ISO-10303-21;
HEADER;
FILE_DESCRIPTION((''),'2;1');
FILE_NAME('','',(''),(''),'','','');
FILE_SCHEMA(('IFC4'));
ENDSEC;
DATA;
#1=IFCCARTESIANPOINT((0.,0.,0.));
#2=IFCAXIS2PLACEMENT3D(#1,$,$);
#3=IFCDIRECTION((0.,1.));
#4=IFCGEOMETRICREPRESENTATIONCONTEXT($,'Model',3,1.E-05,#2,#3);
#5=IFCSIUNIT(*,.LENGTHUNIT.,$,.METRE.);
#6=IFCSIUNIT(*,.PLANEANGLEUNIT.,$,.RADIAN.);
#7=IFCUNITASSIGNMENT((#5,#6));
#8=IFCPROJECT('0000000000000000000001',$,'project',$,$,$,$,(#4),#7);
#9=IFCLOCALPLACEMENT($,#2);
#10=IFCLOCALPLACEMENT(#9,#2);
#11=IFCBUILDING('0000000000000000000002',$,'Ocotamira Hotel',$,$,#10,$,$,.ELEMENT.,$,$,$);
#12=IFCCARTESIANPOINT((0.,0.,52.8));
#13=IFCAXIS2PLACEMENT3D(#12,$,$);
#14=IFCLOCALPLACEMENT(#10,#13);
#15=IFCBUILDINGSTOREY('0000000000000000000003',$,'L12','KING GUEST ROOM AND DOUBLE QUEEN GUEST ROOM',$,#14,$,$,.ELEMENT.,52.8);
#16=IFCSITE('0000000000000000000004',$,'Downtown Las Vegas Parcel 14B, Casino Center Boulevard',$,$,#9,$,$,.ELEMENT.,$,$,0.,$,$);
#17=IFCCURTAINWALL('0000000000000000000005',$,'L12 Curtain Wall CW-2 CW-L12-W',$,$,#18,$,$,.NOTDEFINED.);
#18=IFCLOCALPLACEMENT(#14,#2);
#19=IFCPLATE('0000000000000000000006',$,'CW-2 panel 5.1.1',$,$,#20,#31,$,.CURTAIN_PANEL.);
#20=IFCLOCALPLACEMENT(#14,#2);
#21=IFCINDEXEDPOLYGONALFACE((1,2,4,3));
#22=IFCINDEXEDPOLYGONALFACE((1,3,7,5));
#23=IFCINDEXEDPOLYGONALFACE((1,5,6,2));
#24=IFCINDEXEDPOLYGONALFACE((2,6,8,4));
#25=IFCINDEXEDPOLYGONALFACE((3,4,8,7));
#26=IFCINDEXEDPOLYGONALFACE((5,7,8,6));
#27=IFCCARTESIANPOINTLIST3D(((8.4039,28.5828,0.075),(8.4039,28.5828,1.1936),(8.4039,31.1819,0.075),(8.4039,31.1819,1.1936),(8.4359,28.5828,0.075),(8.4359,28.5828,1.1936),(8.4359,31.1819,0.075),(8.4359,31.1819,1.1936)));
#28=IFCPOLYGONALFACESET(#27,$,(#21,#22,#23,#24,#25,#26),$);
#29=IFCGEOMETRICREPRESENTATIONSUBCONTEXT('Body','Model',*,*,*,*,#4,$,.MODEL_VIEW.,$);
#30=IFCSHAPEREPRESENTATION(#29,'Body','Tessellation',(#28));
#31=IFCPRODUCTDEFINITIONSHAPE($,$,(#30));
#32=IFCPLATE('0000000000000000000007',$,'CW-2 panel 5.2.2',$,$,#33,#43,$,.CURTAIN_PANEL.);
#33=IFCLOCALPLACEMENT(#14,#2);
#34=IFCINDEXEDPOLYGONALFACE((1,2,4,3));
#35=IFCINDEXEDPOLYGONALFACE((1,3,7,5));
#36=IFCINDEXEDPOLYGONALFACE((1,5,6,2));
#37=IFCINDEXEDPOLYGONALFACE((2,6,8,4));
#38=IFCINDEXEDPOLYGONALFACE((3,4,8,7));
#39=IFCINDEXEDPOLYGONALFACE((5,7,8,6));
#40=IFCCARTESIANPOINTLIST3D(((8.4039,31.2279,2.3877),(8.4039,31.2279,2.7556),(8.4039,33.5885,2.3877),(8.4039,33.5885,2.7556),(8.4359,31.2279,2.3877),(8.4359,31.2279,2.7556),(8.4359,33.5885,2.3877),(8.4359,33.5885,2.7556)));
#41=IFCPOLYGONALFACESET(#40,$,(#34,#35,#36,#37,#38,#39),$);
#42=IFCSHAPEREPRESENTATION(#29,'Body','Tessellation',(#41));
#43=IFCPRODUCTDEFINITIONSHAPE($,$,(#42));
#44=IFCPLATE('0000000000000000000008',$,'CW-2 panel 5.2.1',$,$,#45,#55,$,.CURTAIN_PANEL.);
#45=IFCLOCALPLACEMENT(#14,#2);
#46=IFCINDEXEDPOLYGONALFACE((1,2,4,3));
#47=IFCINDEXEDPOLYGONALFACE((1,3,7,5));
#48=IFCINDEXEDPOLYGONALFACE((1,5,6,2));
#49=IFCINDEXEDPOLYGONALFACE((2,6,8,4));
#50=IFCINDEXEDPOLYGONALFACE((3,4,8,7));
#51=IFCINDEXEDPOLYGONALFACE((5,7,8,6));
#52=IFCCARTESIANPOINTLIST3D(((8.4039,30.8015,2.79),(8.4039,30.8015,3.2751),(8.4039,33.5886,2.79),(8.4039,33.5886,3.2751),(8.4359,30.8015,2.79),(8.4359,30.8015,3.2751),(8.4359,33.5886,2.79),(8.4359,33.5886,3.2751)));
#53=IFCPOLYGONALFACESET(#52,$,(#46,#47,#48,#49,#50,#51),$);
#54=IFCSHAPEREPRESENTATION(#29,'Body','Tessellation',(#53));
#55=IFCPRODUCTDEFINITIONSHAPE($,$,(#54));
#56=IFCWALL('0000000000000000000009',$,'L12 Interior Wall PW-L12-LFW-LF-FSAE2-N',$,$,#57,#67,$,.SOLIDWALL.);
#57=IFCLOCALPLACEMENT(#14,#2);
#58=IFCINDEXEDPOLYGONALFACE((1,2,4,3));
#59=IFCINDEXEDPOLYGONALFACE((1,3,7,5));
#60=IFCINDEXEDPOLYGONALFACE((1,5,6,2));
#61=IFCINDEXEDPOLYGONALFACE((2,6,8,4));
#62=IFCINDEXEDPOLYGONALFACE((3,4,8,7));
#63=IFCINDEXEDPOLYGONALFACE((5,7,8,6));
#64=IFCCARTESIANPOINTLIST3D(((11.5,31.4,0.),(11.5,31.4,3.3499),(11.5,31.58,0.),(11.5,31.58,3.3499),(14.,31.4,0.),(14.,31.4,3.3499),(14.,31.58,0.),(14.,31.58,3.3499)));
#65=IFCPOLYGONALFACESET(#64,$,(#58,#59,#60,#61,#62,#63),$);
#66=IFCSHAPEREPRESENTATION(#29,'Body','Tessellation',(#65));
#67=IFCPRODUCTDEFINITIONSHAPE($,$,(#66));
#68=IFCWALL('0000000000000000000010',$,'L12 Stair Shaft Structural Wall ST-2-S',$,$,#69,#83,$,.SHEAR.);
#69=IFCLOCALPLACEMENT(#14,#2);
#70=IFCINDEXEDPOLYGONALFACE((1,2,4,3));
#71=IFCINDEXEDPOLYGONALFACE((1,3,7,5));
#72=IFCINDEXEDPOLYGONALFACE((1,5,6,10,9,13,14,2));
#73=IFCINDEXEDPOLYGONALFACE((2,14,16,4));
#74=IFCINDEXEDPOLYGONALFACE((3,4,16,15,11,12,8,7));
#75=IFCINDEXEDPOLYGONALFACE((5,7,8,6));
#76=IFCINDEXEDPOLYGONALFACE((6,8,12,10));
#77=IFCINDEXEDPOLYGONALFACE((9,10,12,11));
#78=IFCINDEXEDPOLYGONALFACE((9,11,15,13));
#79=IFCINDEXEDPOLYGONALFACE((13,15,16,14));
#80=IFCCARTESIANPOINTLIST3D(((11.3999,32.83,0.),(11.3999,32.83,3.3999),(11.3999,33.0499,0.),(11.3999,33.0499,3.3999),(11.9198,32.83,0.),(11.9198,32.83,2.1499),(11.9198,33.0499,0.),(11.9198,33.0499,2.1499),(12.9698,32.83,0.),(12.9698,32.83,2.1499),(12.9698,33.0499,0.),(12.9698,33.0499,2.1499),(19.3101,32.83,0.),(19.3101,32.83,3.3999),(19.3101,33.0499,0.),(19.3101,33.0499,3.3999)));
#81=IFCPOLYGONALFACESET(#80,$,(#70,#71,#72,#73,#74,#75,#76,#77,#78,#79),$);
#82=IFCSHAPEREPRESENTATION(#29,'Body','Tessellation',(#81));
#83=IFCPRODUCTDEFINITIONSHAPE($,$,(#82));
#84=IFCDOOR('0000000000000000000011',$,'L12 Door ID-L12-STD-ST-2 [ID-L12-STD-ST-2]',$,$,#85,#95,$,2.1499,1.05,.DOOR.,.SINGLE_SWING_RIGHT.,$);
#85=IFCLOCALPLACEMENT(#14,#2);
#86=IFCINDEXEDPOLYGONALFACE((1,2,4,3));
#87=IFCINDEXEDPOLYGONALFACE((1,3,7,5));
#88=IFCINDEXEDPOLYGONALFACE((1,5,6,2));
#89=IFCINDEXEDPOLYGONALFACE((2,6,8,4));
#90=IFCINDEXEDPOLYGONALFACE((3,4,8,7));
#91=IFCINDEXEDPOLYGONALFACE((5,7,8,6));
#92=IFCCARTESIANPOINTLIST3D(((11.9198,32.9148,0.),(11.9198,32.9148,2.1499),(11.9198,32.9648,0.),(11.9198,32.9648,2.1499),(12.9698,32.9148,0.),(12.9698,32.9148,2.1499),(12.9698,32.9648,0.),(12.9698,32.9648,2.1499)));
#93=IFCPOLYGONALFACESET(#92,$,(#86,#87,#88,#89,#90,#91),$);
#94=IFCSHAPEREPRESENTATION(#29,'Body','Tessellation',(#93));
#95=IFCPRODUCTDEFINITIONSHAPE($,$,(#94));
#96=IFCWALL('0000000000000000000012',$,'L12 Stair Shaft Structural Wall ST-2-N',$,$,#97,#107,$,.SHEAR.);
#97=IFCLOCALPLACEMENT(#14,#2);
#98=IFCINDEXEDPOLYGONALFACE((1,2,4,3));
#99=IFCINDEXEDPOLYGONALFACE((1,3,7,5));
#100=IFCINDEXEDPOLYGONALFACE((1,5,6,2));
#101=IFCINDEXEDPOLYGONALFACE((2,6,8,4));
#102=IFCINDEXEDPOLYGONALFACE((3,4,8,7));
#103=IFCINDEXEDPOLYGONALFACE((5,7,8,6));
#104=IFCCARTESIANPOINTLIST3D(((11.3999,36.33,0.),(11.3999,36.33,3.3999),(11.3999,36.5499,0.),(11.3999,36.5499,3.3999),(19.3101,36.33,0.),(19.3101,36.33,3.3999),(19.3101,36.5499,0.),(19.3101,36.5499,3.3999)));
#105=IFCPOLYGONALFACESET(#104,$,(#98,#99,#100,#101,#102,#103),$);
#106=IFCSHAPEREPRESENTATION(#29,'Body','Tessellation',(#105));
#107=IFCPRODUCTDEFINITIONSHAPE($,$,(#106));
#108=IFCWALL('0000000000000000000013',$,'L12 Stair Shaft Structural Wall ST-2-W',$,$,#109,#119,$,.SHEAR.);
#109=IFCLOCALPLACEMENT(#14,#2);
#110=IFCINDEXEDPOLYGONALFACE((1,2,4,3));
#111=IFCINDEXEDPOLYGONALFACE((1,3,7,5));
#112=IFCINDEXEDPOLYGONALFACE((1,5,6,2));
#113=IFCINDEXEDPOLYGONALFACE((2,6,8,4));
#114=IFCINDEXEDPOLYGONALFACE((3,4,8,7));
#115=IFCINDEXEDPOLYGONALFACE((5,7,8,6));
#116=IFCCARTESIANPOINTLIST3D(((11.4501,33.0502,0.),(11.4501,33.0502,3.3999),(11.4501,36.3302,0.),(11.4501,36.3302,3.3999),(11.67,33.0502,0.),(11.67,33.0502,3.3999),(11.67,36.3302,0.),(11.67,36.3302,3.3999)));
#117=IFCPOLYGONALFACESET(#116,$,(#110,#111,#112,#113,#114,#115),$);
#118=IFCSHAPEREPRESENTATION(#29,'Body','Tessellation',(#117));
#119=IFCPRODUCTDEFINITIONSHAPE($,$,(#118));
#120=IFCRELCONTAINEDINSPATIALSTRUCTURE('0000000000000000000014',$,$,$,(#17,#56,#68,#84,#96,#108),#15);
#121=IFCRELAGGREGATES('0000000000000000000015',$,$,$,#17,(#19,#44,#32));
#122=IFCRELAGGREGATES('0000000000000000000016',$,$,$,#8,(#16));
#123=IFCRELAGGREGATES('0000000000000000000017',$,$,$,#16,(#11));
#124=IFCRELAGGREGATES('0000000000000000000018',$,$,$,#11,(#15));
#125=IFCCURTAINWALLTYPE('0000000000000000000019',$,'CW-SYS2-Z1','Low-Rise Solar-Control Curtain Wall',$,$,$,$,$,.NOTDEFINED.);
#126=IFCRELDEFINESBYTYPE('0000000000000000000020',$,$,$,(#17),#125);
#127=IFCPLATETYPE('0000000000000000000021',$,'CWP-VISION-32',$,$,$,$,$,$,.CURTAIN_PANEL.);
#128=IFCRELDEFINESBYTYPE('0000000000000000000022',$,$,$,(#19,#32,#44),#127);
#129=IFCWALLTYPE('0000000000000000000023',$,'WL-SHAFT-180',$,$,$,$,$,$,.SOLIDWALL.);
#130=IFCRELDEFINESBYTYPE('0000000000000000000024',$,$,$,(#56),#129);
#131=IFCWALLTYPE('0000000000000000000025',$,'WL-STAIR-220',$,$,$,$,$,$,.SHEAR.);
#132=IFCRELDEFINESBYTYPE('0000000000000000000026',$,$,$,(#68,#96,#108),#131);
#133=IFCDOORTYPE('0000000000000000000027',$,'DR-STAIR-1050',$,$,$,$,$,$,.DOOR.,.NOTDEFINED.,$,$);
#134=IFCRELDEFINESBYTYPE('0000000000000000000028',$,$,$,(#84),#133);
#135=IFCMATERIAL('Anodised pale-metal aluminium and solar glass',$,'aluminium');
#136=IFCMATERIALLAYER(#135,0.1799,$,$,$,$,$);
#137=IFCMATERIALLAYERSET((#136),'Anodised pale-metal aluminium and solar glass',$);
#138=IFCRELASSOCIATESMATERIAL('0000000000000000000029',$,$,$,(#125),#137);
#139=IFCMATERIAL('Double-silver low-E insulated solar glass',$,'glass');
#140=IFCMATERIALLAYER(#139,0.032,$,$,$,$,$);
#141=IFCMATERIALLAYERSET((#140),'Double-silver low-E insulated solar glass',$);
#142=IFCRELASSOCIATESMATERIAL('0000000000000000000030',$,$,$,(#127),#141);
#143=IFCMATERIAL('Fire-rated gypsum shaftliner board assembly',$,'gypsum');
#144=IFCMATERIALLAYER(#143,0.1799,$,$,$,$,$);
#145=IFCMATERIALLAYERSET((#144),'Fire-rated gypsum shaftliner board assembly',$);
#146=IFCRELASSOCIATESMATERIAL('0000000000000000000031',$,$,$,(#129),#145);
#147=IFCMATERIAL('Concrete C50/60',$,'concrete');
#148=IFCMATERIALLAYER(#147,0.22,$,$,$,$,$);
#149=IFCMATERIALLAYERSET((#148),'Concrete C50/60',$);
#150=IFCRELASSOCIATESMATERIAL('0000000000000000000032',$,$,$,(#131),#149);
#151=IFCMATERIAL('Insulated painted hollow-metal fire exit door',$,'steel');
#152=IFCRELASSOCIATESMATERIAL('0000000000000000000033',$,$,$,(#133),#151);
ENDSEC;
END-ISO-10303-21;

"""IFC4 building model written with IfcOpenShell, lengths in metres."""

from ifc_helpers import new_model, si_unit, direction, frame, frame_2d, origin, origin_2d, place, context, subcontext, project, spatial, rectangle, extrude, source, transform, mapped, material, layer, layer_set, type_object, element, fill, aggregate, save


model = new_model("IFC4")

# Units and contexts
model_context = context("Model", 3, precision=1e-05, world=origin(), true_north=direction((0.0, 1.0)))
body_context = subcontext(model_context, "Body", "Model", "MODEL_VIEW")
ifc_project = project(units=[si_unit("LENGTHUNIT", "METRE"), si_unit("PLANEANGLEUNIT", "RADIAN")], contexts=[model_context])

# Site, building, storey
site_placement = place(None, origin())
site = spatial("IfcSite", under=ifc_project, at=site_placement, Name="Downtown Las Vegas Parcel 14B, Casino Center Boulevard", CompositionType="ELEMENT", RefElevation=0.0)
building_placement = place(site_placement, origin())
building = spatial("IfcBuilding", under=site, at=building_placement, Name="Ocotamira Hotel", CompositionType="ELEMENT")
storey_placement = place(building_placement, frame((0.0, 0.0, 52.8)))
storey = spatial("IfcBuildingStorey", under=building, at=storey_placement, Name="L12", Description="KING GUEST ROOM AND DOUBLE QUEEN GUEST ROOM", CompositionType="ELEMENT", Elevation=52.8)

# Curtain wall, plates
ifc_material_1 = material(Name="Anodised pale-metal aluminium and solar glass", Category="aluminium")
ifc_layer_1 = layer(ifc_material_1, 0.1799)
ifc_layer_set_1 = layer_set([ifc_layer_1], Name="Anodised pale-metal aluminium and solar glass")
curtain_wall_type = type_object("IfcCurtainWallType", Name="CW-SYS2-Z1", Description="Low-Rise Solar-Control Curtain Wall", PredefinedType="NOTDEFINED", material=ifc_layer_set_1)
curtain_wall_placement = place(storey_placement, origin())
curtain_wall = element("IfcCurtainWall", 1, at=curtain_wall_placement, inside=storey, type_object=curtain_wall_type, Name="L12 Curtain Wall CW-2 CW-L12-W", PredefinedType="NOTDEFINED")
ifc_material_2 = material(Name="Double-silver low-E insulated solar glass", Category="glass")
ifc_layer_2 = layer(ifc_material_2, 0.032)
ifc_layer_set_2 = layer_set([ifc_layer_2], Name="Double-silver low-E insulated solar glass")
plate_type = type_object("IfcPlateType", Name="CWP-VISION-32", PredefinedType="CURTAIN_PANEL", material=ifc_layer_set_2)
shared_shape_1 = source(origin(), body_context, "Body", "SweptSolid", [
    extrude(rectangle(XDim=2.5991, YDim=0.032, at=origin_2d()), origin(), (0.0, 0.0, 1.0), 1.1187),
])
plate_1_placement = place(storey_placement, frame((8.4199, 29.8823, 0.075), z_axis=(0.0, 0.0, 1.0), x_axis=(0.0, 1.0, 0.0)))
plate_1 = element("IfcPlate", 2, at=plate_1_placement, type_object=plate_type, Name="CW-2 panel 5.1.1", PredefinedType="CURTAIN_PANEL", context=body_context, shape_type="MappedRepresentation", body=[
    mapped(shared_shape_1, transform((0.0, 0.0, 0.0), scale=1.0)),
])
shared_shape_2 = source(origin(), body_context, "Body", "SweptSolid", [
    extrude(rectangle(XDim=2.3606, YDim=0.032, at=origin_2d()), origin(), (0.0, 0.0, 1.0), 0.3679),
])
plate_2_placement = place(storey_placement, frame((8.4199, 32.4082, 2.3877), z_axis=(0.0, 0.0, 1.0), x_axis=(0.0, 1.0, 0.0)))
plate_2 = element("IfcPlate", 3, at=plate_2_placement, type_object=plate_type, Name="CW-2 panel 5.2.2", PredefinedType="CURTAIN_PANEL", context=body_context, shape_type="MappedRepresentation", body=[
    mapped(shared_shape_2, transform((0.0, 0.0, 0.0), scale=1.0)),
])
shared_shape_3 = source(origin(), body_context, "Body", "SweptSolid", [
    extrude(rectangle(XDim=2.7871, YDim=0.032, at=origin_2d()), origin(), (0.0, 0.0, 1.0), 0.4851),
])
plate_3_placement = place(storey_placement, frame((8.4199, 32.1951, 2.79), z_axis=(0.0, 0.0, 1.0), x_axis=(0.0, 1.0, 0.0)))
plate_3 = element("IfcPlate", 4, at=plate_3_placement, type_object=plate_type, Name="CW-2 panel 5.2.1", PredefinedType="CURTAIN_PANEL", context=body_context, shape_type="MappedRepresentation", body=[
    mapped(shared_shape_3, transform((0.0, 0.0, 0.0), scale=1.0)),
])
aggregate(curtain_wall, [plate_1, plate_3, plate_2])

# Wall
ifc_material_3 = material(Name="Fire-rated gypsum shaftliner board assembly", Category="gypsum")
ifc_layer_3 = layer(ifc_material_3, 0.1799)
ifc_layer_set_3 = layer_set([ifc_layer_3], Name="Fire-rated gypsum shaftliner board assembly")
wall_type_1 = type_object("IfcWallType", Name="WL-SHAFT-180", PredefinedType="SOLIDWALL", material=ifc_layer_set_3)
wall_1_placement = place(storey_placement, frame((11.5, 31.49, 0.0), z_axis=(0.0, 0.0, 1.0), x_axis=(1.0, 0.0, 0.0)))
element("IfcWall", 5, at=wall_1_placement, inside=storey, type_object=wall_type_1, Name="L12 Interior Wall PW-L12-LFW-LF-FSAE2-N", PredefinedType="SOLIDWALL", context=body_context, shape_type="SweptSolid", body=[
    extrude(rectangle(XDim=2.5, YDim=0.1799, at=frame_2d((1.25, 0.0))), origin(), (0.0, 0.0, 1.0), 3.3499),
])

# Wall, opening, door
ifc_material_4 = material(Name="Concrete C50/60", Category="concrete")
ifc_layer_4 = layer(ifc_material_4, 0.22)
ifc_layer_set_4 = layer_set([ifc_layer_4], Name="Concrete C50/60")
wall_type_2 = type_object("IfcWallType", Name="WL-STAIR-220", PredefinedType="SHEAR", material=ifc_layer_set_4)
wall_2_placement = place(storey_placement, frame((11.3999, 32.9399, 0.0), z_axis=(0.0, 0.0, 1.0), x_axis=(1.0, 0.0, 0.0)))
wall_2 = element("IfcWall", 6, at=wall_2_placement, inside=storey, type_object=wall_type_2, Name="L12 Stair Shaft Structural Wall ST-2-S", PredefinedType="SHEAR", context=body_context, shape_type="SweptSolid", body=[
    extrude(rectangle(XDim=7.9102, YDim=0.22, at=frame_2d((3.9551, 0.0))), origin(), (0.0, 0.0, 1.0), 3.3999),
])
opening_1_placement = place(wall_2_placement, frame((0.52, 0.0, 0.0)))
opening_1 = element("IfcOpeningElement", 7, at=opening_1_placement, cuts=wall_2, PredefinedType="OPENING", context=body_context, shape_type="SweptSolid", body=[
    extrude(rectangle(XDim=1.05, YDim=2.1499, at=frame_2d((0.5249, 1.075))), frame((0.0, 0.1201, 0.0), z_axis=(0.0, -1.0, 0.0), x_axis=(1.0, 0.0, 0.0)), (0.0, 0.0, 1.0), 0.24),
])
ifc_material_5 = material(Name="Insulated painted hollow-metal fire exit door", Category="steel")
door_type_1 = type_object("IfcDoorType", Name="DR-STAIR-1050", OperationType="NOTDEFINED", PredefinedType="DOOR", material=ifc_material_5)
shared_shape_4 = source(origin(), body_context, "Body", "SweptSolid", [
    extrude(rectangle(XDim=1.05, YDim=2.1499, at=frame_2d((0.5249, 1.075))), frame((0.0, 0.0249, 0.0), z_axis=(0.0, -1.0, 0.0), x_axis=(1.0, 0.0, 0.0)), (0.0, 0.0, 1.0), 0.05),
])
door_1_placement = place(opening_1_placement, origin())
door_1 = element("IfcDoor", 8, at=door_1_placement, inside=storey, type_object=door_type_1, Name="L12 Door ID-L12-STD-ST-2 [ID-L12-STD-ST-2]", OperationType="SINGLE_SWING_RIGHT", OverallHeight=2.1499, OverallWidth=1.05, PredefinedType="DOOR", context=body_context, shape_type="MappedRepresentation", body=[
    mapped(shared_shape_4, transform((0.0, 0.0, 0.0), scale=1.0)),
])
fill(opening_1, door_1)

# Walls
wall_3_placement = place(storey_placement, frame((11.3999, 36.4399, 0.0), z_axis=(0.0, 0.0, 1.0), x_axis=(1.0, 0.0, 0.0)))
element("IfcWall", 9, at=wall_3_placement, inside=storey, type_object=wall_type_2, Name="L12 Stair Shaft Structural Wall ST-2-N", PredefinedType="SHEAR", context=body_context, shape_type="SweptSolid", body=[
    extrude(rectangle(XDim=7.9102, YDim=0.22, at=frame_2d((3.9551, 0.0))), origin(), (0.0, 0.0, 1.0), 3.3999),
])
wall_4_placement = place(storey_placement, frame((11.5601, 33.05, 0.0), z_axis=(0.0, 0.0, 1.0), x_axis=(0.0, 1.0, 0.0)))
element("IfcWall", 10, at=wall_4_placement, inside=storey, type_object=wall_type_2, Name="L12 Stair Shaft Structural Wall ST-2-W", PredefinedType="SHEAR", context=body_context, shape_type="SweptSolid", body=[
    extrude(rectangle(XDim=3.28, YDim=0.22, at=frame_2d((1.6401, 0.0))), origin(), (0.0, 0.0, 1.0), 3.3999),
])

save(model, "model.ifc")
